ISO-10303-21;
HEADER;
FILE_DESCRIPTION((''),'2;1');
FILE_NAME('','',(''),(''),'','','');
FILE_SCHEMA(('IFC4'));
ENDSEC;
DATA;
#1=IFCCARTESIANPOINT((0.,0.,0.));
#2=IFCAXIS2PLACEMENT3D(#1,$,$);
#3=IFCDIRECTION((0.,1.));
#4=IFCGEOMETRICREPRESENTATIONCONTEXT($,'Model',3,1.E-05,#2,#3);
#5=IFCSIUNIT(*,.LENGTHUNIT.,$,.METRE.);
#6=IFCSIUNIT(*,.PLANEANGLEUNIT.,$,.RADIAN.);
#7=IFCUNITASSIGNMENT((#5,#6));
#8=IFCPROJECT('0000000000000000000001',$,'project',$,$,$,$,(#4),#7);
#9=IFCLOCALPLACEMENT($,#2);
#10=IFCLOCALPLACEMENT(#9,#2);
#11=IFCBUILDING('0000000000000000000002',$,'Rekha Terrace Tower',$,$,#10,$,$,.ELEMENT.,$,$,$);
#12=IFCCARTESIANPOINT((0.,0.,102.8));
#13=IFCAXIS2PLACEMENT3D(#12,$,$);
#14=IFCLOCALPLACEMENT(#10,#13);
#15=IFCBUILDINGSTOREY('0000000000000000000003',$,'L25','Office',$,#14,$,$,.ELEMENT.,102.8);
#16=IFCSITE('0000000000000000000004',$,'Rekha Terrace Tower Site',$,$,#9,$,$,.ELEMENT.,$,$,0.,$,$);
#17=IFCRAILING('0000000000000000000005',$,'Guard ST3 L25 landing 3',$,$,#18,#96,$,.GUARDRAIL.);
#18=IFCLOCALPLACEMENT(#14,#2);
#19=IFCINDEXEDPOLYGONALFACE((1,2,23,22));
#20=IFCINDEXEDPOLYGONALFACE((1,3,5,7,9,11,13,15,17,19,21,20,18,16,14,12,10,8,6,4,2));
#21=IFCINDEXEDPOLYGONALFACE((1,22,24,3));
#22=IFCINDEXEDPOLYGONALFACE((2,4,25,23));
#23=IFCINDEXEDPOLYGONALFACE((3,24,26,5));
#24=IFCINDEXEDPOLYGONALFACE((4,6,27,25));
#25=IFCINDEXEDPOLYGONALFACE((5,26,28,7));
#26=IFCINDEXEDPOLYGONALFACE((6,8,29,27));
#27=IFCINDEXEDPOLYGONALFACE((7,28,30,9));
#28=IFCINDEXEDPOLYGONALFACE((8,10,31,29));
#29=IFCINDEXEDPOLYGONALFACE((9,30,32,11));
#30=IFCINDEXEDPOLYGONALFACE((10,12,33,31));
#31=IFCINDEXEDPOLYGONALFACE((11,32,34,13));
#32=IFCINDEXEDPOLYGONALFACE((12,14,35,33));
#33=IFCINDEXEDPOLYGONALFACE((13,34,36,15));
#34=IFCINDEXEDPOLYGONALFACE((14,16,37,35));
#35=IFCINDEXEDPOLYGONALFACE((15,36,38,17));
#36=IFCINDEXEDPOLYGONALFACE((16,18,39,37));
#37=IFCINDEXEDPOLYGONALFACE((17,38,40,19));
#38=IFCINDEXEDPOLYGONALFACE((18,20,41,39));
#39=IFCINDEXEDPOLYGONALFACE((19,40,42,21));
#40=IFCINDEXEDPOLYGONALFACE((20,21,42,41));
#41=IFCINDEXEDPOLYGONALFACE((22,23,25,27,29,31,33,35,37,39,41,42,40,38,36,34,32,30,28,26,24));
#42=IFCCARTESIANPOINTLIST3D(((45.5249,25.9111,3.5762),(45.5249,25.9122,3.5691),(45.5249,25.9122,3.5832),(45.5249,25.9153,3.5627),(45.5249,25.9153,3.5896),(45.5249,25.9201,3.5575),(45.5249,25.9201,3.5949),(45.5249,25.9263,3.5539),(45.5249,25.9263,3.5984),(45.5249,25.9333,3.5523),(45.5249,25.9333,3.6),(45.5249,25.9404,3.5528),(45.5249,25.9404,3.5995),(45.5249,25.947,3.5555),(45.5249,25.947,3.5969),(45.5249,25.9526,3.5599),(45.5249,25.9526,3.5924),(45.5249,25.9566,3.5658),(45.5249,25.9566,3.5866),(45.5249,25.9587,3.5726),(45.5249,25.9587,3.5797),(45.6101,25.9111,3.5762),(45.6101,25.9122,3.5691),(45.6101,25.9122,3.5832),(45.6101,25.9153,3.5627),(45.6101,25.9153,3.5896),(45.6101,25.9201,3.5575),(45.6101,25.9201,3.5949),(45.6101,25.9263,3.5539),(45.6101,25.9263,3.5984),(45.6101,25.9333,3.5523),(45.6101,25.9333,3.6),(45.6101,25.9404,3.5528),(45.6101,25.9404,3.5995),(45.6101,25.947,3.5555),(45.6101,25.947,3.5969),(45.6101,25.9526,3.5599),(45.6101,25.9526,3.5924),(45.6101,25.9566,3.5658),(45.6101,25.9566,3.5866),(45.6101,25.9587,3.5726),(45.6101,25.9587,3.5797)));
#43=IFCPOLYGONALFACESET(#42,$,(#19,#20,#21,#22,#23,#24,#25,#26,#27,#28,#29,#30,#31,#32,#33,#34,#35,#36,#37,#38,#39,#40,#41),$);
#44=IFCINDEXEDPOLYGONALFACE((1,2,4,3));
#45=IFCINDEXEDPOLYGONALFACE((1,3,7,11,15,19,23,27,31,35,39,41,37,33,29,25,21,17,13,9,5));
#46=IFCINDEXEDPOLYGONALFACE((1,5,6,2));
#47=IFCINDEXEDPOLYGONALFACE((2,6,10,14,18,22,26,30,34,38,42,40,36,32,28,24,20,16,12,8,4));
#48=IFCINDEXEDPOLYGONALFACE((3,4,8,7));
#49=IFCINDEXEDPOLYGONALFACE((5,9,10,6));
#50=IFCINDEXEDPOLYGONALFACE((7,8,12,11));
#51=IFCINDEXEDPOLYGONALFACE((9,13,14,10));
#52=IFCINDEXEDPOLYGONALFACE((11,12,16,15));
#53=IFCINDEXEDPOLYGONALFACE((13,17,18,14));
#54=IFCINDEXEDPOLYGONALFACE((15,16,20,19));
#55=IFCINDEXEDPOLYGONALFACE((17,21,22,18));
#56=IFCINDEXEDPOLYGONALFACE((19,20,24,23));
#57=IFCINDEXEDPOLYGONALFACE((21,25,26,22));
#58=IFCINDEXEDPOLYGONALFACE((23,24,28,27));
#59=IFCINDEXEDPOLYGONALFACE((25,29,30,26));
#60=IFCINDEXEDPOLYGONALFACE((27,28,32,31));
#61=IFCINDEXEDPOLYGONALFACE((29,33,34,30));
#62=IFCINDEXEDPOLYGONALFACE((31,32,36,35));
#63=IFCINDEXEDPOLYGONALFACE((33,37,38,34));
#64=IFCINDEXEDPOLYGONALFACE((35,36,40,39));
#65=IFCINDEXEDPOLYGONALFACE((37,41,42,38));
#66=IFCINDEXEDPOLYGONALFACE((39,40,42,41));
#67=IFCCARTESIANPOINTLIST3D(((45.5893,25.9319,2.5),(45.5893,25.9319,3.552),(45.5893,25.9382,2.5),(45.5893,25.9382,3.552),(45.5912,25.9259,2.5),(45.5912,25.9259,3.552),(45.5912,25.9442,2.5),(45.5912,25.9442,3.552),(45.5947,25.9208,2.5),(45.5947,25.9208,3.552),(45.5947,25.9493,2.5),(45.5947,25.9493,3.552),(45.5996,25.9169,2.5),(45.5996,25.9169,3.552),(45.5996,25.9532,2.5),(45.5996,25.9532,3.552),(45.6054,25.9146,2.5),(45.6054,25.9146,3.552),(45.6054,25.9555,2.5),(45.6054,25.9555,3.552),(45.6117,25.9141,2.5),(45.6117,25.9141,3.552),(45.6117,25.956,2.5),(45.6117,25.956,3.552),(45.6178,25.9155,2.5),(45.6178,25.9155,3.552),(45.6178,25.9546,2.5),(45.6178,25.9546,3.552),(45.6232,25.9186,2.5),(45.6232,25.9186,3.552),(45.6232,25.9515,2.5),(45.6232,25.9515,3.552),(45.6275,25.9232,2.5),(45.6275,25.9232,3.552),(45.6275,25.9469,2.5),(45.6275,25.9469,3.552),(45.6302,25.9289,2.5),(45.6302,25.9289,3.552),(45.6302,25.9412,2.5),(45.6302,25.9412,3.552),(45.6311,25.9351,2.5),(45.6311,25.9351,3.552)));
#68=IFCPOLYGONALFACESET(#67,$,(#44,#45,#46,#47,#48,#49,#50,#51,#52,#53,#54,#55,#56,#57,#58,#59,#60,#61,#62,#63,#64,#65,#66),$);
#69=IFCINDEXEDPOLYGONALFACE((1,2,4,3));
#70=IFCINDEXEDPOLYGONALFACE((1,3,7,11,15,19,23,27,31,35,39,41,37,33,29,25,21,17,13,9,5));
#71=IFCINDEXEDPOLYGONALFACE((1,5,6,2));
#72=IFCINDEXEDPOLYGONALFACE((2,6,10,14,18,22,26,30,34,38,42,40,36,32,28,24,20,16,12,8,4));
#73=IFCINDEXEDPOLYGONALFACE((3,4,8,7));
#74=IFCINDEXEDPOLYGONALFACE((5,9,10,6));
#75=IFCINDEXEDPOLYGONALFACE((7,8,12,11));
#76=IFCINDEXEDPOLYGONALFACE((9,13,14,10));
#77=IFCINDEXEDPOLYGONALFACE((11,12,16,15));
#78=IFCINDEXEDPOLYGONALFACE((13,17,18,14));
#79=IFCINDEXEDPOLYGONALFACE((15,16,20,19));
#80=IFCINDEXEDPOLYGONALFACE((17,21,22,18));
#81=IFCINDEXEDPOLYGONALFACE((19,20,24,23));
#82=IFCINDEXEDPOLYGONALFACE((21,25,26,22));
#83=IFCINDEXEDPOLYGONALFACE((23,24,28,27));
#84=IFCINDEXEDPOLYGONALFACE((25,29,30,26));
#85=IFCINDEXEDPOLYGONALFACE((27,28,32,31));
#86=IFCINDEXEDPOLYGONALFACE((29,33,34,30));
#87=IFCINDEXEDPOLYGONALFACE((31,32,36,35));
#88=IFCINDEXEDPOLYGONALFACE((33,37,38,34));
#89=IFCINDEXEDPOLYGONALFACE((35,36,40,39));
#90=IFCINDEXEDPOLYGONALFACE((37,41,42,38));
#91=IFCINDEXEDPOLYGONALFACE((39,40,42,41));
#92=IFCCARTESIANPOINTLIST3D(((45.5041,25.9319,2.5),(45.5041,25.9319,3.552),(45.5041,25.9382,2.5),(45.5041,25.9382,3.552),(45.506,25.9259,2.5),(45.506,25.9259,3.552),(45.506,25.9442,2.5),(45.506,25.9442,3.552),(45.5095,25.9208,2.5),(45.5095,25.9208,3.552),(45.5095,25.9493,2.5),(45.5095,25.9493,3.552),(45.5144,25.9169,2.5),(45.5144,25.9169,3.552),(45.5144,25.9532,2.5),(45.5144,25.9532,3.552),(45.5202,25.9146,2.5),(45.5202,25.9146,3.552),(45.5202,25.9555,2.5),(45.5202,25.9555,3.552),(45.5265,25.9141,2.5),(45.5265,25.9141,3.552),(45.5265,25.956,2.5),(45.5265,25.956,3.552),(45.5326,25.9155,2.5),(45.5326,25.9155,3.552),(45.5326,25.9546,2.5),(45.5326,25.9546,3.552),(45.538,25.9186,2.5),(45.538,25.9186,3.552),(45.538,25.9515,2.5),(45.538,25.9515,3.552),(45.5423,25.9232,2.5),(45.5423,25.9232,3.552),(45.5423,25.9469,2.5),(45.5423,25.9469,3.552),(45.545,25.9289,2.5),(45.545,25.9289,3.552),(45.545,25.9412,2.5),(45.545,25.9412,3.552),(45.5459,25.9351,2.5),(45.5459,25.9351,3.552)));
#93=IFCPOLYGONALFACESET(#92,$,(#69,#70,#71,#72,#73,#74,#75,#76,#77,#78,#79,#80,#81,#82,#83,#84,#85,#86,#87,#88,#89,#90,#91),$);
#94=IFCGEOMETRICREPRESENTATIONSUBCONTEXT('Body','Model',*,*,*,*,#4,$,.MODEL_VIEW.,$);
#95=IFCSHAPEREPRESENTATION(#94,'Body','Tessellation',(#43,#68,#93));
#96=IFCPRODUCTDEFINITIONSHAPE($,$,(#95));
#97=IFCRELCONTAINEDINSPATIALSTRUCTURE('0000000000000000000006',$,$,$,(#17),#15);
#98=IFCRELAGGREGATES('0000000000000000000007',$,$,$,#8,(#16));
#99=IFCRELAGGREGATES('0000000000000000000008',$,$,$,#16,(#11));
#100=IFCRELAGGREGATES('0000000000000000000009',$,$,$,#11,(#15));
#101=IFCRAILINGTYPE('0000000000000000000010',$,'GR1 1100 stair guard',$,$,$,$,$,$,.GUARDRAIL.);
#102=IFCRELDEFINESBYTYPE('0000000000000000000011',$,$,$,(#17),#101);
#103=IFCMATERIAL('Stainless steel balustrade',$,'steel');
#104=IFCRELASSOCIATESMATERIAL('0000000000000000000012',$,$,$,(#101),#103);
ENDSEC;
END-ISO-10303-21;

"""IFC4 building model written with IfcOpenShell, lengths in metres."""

from ifc_helpers import new_model, si_unit, direction, frame, origin, origin_2d, place, context, subcontext, project, spatial, circle, extrude, material, type_object, element, save


model = new_model("IFC4")

# Units and contexts
model_context = context("Model", 3, precision=1e-05, world=origin(), true_north=direction((0.0, 1.0)))
body_context = subcontext(model_context, "Body", "Model", "MODEL_VIEW")
ifc_project = project(units=[si_unit("LENGTHUNIT", "METRE"), si_unit("PLANEANGLEUNIT", "RADIAN")], contexts=[model_context])

# Site, building, storey
site_placement = place(None, origin())
site = spatial("IfcSite", under=ifc_project, at=site_placement, Name="Rekha Terrace Tower Site", CompositionType="ELEMENT", RefElevation=0.0)
building_placement = place(site_placement, origin())
building = spatial("IfcBuilding", under=site, at=building_placement, Name="Rekha Terrace Tower", CompositionType="ELEMENT")
storey_placement = place(building_placement, frame((0.0, 0.0, 102.8)))
storey = spatial("IfcBuildingStorey", under=building, at=storey_placement, Name="L25", Description="Office", CompositionType="ELEMENT", Elevation=102.8)

# Railing
ifc_material_1 = material(Name="Stainless steel balustrade", Category="steel")
railing_type_1 = type_object("IfcRailingType", Name="GR1 1100 stair guard", PredefinedType="GUARDRAIL", material=ifc_material_1)
railing_1_placement = place(storey_placement, frame((45.6101, 25.9351, 2.5)))
element("IfcRailing", 1, at=railing_1_placement, inside=storey, type_object=railing_type_1, Name="Guard ST3 L25 landing 3", PredefinedType="GUARDRAIL", context=body_context, shape_type="SweptSolid", body=[
    extrude(circle(Radius=0.0239, at=origin_2d()), frame((0.0, 0.0, 1.0762), z_axis=(-1.0, 0.0, 0.0), x_axis=(0.0, -1.0, 0.0)), (0.0, 0.0, 1.0), 0.0852),
    extrude(circle(Radius=0.021, at=origin_2d()), origin(), (0.0, 0.0, 1.0), 1.052),
    extrude(circle(Radius=0.021, at=origin_2d()), frame((-0.0852, 0.0, 0.0)), (0.0, 0.0, 1.0), 1.052),
])

save(model, "model.ifc")
